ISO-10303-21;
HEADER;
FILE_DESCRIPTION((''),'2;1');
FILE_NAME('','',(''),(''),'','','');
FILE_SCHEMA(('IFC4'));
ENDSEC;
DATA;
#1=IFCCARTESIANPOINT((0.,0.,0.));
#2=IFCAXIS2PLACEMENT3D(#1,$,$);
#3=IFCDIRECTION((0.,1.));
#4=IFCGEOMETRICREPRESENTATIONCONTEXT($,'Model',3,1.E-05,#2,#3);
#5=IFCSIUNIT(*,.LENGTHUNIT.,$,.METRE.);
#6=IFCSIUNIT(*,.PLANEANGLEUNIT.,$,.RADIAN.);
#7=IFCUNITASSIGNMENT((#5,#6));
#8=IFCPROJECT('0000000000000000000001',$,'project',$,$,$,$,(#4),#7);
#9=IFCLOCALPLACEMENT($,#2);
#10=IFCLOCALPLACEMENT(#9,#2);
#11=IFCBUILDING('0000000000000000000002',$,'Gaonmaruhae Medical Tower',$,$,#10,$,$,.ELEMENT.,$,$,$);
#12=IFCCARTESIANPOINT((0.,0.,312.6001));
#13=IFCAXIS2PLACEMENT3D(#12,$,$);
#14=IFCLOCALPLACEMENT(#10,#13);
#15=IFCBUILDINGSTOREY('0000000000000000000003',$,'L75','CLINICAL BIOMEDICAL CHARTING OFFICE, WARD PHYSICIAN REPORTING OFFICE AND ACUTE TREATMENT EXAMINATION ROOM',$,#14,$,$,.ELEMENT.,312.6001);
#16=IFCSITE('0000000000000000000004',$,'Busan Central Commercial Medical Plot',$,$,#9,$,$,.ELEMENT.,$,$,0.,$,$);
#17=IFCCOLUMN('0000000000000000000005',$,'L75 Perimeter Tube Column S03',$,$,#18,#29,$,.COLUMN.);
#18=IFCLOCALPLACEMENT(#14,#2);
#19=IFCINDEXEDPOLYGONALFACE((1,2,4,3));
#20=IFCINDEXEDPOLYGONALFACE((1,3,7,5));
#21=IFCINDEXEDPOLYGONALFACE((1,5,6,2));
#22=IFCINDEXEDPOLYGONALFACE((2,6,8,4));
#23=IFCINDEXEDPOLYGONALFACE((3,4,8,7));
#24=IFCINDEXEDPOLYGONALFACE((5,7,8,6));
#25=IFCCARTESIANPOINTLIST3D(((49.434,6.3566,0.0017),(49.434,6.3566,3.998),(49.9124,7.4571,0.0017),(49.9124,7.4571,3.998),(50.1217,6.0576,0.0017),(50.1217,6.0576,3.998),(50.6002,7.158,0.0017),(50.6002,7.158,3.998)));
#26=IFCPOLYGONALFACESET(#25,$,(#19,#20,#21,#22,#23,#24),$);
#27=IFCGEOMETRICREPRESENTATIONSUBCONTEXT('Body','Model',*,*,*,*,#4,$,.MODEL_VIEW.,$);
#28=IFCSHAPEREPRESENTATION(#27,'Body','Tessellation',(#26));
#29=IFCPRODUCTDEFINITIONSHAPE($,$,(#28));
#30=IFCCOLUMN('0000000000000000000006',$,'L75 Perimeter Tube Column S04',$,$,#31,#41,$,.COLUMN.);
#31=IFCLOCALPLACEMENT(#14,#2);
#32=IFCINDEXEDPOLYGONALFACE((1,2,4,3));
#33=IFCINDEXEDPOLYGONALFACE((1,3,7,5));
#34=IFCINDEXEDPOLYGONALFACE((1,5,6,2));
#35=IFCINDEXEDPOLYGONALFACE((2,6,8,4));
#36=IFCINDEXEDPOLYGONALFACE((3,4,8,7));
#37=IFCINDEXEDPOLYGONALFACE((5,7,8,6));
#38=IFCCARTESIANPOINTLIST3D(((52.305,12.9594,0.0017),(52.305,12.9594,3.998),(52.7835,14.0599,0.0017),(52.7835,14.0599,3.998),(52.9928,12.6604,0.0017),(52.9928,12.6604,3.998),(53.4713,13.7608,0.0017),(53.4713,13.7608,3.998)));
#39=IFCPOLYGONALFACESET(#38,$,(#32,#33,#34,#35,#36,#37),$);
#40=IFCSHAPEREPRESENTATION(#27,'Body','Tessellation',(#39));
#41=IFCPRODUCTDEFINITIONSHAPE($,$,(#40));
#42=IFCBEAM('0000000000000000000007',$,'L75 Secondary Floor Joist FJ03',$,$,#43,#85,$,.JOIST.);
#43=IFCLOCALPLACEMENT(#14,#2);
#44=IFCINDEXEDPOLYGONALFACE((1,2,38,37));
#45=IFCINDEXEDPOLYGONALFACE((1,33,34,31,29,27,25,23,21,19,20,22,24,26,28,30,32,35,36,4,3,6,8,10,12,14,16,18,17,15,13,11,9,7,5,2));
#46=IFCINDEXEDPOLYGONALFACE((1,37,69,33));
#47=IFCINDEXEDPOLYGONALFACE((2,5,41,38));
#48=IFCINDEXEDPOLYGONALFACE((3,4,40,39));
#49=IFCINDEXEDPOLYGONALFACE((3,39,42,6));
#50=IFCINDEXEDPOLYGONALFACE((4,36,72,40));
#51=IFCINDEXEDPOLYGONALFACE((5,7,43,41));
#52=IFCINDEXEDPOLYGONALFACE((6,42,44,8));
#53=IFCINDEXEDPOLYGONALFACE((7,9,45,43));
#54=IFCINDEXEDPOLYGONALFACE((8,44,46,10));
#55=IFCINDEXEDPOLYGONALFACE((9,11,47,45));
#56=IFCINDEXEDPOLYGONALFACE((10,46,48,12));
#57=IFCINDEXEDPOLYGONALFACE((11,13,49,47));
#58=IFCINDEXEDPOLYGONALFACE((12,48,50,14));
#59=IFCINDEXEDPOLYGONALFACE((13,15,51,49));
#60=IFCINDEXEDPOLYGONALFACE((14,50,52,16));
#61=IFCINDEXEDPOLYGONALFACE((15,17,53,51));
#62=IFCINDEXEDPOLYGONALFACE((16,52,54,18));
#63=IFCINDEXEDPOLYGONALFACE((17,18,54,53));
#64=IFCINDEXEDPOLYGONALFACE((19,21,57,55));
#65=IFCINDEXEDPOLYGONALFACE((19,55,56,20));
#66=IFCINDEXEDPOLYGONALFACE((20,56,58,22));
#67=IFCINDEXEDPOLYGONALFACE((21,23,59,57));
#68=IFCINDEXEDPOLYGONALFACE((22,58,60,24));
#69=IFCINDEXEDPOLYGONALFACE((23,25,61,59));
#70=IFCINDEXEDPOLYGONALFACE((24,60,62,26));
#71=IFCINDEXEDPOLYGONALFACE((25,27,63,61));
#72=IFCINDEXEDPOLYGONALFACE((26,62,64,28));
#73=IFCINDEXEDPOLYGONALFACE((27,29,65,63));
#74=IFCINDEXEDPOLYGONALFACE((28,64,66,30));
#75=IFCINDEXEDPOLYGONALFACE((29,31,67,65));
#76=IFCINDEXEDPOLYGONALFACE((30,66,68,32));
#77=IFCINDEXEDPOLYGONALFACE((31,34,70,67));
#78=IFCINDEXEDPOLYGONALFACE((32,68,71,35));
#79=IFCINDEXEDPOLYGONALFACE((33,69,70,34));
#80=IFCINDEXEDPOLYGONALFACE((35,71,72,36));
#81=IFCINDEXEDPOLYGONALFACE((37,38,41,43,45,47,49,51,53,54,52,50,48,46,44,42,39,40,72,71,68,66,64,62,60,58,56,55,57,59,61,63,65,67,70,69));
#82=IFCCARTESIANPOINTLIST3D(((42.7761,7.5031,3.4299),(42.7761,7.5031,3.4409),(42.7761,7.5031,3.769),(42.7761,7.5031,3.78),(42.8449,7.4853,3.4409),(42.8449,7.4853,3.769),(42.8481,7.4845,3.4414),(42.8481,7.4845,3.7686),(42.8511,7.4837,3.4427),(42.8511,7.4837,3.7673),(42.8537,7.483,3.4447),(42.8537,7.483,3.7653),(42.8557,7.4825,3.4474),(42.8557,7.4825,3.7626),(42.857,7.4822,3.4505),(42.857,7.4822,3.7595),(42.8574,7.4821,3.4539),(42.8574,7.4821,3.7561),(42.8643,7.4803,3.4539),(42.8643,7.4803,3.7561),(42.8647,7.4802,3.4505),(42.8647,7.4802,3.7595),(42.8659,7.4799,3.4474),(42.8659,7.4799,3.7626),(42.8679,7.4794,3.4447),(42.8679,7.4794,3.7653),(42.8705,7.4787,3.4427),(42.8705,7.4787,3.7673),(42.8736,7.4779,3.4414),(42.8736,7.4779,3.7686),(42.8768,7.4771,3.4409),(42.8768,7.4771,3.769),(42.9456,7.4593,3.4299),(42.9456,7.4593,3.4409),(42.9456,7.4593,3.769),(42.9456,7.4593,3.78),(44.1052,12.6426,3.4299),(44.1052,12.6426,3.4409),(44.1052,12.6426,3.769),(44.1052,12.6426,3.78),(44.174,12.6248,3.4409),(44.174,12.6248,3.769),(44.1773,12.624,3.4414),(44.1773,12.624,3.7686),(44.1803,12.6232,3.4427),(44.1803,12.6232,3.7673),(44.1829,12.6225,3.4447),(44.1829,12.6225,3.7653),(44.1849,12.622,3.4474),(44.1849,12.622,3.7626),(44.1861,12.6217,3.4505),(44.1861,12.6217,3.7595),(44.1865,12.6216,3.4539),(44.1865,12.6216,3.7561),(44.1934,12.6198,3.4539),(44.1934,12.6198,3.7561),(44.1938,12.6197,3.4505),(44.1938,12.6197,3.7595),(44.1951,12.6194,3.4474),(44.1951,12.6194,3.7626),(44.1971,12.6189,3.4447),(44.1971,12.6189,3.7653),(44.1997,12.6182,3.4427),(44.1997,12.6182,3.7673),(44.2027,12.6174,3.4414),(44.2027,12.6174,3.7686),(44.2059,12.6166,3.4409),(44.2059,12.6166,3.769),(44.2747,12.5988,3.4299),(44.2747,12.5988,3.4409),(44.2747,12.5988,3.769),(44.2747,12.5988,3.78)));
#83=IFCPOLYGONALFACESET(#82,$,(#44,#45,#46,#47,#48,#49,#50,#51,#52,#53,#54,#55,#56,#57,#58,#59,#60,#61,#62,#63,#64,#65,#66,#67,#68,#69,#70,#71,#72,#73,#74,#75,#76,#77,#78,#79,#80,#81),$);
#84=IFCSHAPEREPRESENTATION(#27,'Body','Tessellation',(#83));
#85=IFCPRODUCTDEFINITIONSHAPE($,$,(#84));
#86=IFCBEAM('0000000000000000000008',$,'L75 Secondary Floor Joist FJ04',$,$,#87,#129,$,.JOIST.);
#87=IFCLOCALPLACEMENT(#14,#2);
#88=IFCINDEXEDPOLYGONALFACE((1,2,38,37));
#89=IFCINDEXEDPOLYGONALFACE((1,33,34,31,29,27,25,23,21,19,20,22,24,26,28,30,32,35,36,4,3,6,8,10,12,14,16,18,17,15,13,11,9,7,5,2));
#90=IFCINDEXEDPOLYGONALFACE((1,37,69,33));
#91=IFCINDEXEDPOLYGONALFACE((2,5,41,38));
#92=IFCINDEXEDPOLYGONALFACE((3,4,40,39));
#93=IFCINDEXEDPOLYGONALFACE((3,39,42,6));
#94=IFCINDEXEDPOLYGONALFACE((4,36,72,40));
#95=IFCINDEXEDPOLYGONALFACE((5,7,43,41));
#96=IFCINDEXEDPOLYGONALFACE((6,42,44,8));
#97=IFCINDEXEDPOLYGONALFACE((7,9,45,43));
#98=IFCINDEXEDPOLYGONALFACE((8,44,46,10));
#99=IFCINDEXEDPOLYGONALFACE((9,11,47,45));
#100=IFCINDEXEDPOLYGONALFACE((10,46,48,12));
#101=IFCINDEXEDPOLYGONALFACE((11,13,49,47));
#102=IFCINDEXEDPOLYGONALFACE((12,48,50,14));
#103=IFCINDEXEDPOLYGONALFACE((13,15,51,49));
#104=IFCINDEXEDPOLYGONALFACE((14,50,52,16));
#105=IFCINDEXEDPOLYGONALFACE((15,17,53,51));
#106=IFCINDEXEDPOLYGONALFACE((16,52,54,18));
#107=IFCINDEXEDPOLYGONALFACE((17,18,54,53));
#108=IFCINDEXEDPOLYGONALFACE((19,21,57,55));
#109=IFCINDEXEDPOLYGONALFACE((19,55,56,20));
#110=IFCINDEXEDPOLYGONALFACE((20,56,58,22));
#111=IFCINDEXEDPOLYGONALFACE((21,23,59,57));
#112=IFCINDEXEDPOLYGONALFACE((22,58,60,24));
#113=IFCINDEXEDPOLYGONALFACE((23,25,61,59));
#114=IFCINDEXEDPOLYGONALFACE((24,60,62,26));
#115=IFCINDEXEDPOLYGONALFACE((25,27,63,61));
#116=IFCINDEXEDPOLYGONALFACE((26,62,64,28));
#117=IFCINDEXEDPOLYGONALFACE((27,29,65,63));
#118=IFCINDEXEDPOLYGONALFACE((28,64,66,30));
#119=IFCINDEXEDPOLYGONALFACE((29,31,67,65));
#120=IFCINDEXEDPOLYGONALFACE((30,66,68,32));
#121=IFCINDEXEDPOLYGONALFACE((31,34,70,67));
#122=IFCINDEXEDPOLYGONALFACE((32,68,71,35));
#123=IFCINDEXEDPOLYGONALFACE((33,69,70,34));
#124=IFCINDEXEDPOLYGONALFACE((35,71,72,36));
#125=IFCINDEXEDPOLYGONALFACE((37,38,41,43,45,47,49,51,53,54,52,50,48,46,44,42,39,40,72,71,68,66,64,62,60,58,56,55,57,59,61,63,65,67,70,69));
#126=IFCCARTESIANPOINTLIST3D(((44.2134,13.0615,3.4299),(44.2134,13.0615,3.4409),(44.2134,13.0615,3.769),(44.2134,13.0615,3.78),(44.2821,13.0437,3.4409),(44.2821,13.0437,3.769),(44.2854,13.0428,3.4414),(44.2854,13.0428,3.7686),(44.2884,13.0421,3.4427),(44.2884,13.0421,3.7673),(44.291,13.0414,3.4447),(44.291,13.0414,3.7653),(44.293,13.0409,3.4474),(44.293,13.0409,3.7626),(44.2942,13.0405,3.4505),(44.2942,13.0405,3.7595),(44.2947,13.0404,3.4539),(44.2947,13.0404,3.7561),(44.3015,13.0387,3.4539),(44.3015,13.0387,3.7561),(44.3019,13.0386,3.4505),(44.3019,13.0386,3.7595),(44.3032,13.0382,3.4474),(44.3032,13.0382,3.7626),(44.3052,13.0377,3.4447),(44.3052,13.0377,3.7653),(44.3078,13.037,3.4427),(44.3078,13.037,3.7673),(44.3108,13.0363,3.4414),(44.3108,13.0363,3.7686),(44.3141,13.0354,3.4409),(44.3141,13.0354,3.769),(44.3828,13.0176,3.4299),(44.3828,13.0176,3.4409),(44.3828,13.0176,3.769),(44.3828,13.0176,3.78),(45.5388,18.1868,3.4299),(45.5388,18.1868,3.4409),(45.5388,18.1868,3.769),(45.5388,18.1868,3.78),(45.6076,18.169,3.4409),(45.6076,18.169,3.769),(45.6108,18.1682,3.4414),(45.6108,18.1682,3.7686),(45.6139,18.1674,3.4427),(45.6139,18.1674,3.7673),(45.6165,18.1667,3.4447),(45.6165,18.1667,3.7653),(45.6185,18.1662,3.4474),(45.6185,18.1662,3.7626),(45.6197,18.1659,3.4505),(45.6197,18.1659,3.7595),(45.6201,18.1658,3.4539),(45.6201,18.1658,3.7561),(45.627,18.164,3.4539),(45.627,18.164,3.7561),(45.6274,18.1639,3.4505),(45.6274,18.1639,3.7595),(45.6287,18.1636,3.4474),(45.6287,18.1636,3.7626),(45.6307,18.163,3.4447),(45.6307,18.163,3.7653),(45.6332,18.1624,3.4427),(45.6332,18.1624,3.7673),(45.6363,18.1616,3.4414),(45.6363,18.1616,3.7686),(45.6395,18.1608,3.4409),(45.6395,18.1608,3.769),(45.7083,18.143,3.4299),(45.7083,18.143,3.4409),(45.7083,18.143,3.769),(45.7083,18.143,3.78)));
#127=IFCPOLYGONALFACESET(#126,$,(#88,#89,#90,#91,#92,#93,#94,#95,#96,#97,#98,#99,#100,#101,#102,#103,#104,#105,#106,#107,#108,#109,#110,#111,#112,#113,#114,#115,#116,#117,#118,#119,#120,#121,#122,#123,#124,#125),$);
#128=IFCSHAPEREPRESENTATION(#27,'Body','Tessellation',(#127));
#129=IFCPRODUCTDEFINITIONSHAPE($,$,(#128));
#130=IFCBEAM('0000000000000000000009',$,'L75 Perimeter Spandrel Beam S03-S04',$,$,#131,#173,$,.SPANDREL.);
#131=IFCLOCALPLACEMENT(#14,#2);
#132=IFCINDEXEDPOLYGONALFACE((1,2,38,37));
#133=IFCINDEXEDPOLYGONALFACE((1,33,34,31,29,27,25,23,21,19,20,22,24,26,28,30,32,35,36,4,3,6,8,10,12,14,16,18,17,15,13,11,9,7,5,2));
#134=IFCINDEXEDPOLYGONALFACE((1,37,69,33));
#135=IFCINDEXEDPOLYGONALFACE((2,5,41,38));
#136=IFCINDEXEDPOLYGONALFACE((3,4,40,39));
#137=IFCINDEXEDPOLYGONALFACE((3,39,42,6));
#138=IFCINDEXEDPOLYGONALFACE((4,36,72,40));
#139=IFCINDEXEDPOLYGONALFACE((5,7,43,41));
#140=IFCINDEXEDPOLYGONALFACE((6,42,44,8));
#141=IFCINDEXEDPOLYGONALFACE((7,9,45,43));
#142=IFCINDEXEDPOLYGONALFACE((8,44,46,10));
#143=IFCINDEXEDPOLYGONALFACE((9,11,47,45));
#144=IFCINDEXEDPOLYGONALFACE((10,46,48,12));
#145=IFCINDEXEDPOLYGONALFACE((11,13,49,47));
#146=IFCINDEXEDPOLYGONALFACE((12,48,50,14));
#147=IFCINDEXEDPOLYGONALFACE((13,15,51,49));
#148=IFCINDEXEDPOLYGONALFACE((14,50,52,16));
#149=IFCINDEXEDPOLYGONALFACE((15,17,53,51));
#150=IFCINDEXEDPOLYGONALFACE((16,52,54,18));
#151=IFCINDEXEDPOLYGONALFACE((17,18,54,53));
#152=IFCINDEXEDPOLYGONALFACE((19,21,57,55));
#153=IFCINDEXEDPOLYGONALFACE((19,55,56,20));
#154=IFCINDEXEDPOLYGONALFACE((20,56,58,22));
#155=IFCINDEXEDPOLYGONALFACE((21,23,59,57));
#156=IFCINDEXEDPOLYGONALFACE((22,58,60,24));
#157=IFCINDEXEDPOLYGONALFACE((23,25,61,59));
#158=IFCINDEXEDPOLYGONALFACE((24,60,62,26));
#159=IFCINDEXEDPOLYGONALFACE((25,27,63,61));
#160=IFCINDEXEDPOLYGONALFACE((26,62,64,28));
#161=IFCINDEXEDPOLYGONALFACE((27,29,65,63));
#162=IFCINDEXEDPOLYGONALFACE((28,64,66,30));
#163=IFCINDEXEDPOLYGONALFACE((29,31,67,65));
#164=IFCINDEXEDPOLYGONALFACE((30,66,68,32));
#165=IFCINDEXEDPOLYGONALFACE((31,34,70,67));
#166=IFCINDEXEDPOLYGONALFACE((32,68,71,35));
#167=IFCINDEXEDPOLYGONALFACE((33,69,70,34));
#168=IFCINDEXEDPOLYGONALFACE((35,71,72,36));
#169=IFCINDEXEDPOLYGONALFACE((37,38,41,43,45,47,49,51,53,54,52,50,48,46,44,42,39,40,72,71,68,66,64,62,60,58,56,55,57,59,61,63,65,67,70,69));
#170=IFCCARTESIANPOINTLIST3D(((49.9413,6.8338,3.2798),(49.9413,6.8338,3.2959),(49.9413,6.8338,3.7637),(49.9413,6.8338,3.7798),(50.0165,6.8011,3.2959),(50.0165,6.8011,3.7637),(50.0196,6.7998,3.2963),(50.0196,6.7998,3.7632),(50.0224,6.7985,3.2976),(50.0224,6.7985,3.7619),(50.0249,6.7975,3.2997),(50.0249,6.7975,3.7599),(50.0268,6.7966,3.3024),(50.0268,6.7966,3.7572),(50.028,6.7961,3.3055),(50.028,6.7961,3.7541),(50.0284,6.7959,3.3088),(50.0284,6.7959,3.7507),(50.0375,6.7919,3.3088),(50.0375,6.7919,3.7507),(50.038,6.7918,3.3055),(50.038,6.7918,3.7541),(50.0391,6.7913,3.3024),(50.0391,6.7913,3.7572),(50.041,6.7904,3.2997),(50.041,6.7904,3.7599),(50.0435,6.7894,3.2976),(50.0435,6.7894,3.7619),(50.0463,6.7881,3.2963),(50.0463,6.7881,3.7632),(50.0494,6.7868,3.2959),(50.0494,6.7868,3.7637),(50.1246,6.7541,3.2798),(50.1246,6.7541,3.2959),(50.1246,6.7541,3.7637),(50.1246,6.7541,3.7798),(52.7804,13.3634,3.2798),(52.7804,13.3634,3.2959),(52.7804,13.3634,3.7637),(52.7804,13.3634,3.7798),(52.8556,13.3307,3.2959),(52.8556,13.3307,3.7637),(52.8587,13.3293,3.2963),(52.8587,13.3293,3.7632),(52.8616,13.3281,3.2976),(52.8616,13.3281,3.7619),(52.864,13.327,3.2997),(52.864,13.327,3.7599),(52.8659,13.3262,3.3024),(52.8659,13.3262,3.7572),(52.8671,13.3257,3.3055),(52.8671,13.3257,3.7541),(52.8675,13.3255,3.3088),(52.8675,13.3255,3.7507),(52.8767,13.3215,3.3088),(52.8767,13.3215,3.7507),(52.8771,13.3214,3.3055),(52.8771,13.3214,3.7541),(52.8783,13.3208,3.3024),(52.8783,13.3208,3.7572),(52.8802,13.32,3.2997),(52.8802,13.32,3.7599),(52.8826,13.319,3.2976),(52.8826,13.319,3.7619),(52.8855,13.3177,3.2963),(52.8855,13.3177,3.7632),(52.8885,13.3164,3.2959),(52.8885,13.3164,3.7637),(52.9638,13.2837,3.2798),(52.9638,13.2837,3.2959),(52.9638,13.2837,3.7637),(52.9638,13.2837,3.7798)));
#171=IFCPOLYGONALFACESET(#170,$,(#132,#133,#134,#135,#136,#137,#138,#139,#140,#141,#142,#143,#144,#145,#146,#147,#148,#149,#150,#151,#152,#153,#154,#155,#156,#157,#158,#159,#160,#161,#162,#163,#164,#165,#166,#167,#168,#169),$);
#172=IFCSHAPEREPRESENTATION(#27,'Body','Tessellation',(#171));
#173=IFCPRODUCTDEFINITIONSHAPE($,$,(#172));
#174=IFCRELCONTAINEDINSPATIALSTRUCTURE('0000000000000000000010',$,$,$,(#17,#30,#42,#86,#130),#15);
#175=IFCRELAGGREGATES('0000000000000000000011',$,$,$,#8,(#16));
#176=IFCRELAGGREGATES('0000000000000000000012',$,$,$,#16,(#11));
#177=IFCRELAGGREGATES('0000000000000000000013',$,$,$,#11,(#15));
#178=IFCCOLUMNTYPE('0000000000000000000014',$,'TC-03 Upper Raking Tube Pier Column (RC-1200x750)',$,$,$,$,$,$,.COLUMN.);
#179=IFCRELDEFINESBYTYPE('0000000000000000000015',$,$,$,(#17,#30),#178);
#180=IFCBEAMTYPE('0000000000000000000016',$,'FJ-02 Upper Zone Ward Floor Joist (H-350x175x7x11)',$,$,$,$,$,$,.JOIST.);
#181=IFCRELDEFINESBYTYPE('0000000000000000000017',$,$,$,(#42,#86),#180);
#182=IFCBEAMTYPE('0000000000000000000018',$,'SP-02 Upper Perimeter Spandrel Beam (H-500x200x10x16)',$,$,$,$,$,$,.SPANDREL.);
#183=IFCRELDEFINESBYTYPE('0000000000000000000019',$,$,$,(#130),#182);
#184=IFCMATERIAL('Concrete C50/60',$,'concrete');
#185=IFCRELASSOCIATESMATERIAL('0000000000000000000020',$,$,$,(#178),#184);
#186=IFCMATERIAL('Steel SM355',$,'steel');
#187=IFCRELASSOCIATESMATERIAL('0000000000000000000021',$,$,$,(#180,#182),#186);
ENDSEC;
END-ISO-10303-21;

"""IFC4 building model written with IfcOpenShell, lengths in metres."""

from ifc_helpers import new_model, si_unit, direction, frame, origin, origin_2d, place, context, subcontext, project, spatial, rectangle, i_section, extrude, material, material_profile, profile_set, type_object, element, save


model = new_model("IFC4")

# Units and contexts
model_context = context("Model", 3, precision=1e-05, world=origin(), true_north=direction((0.0, 1.0)))
body_context = subcontext(model_context, "Body", "Model", "MODEL_VIEW")
ifc_project = project(units=[si_unit("LENGTHUNIT", "METRE"), si_unit("PLANEANGLEUNIT", "RADIAN")], contexts=[model_context])

# Site, building, storey
site_placement = place(None, origin())
site = spatial("IfcSite", under=ifc_project, at=site_placement, Name="Busan Central Commercial Medical Plot", CompositionType="ELEMENT", RefElevation=0.0)
building_placement = place(site_placement, origin())
building = spatial("IfcBuilding", under=site, at=building_placement, Name="Gaonmaruhae Medical Tower", CompositionType="ELEMENT")
storey_placement = place(building_placement, frame((0.0, 0.0, 312.6001)))
storey = spatial("IfcBuildingStorey", under=building, at=storey_placement, Name="L75", Description="CLINICAL BIOMEDICAL CHARTING OFFICE, WARD PHYSICIAN REPORTING OFFICE AND ACUTE TREATMENT EXAMINATION ROOM", CompositionType="ELEMENT", Elevation=312.6001)

# Columns
ifc_material_1 = material(Name="Concrete C50/60", Category="concrete")
ifc_material_profile_1 = material_profile(ifc_material_1, rectangle(XDim=1.2, YDim=0.75, at=origin_2d()), Name="RC-1200x750")
ifc_profile_set_1 = profile_set([ifc_material_profile_1], Name="Concrete C50/60")
column_type = type_object("IfcColumnType", Name="TC-03 Upper Raking Tube Pier Column (RC-1200x750)", PredefinedType="COLUMN", material=ifc_profile_set_1)
for number, where, z_axis, x_axis, name in (
    (1, (50.0171, 6.7573, 0.0017), (0.0, 0.0, 1.0), (0.398749, 0.91706, 0.0), "L75 Perimeter Tube Column S03"),
    (2, (52.8882, 13.3601, 0.0017), (0.0, 0.0, 1.0), (0.398749, 0.91706, 0.0), "L75 Perimeter Tube Column S04"),
):
    element("IfcColumn", number, at=place(storey_placement, frame(where, z_axis=z_axis, x_axis=x_axis)), inside=storey, type_object=column_type, Name=name, PredefinedType="COLUMN", context=body_context, shape_type="SweptSolid", body=[
        extrude(rectangle(XDim=1.2, YDim=0.75, at=origin_2d()), origin(), (0.0, 0.0, 1.0), 3.9963),
    ])

# Beams
ifc_material_2 = material(Name="Steel SM355", Category="steel")
ifc_material_profile_2 = material_profile(ifc_material_2, i_section(OverallWidth=0.175, OverallDepth=0.3501, WebThickness=0.0071, FlangeThickness=0.011, FilletRadius=0.0129, at=origin_2d()), Name="H-350x175x7x11")
ifc_profile_set_2 = profile_set([ifc_material_profile_2], Name="Steel SM355")
beam_type_1 = type_object("IfcBeamType", Name="FJ-02 Upper Zone Ward Floor Joist (H-350x175x7x11)", PredefinedType="JOIST", material=ifc_profile_set_2)
beam_1_placement = place(storey_placement, frame((42.8608, 7.4812, 3.605), z_axis=(0.250373, 0.968149, 0.0), x_axis=(-0.968149, 0.250373, 0.0)))
element("IfcBeam", 3, at=beam_1_placement, inside=storey, type_object=beam_type_1, Name="L75 Secondary Floor Joist FJ03", PredefinedType="JOIST", context=body_context, shape_type="SweptSolid", body=[
    extrude(i_section(OverallWidth=0.175, OverallDepth=0.3501, WebThickness=0.0071, FlangeThickness=0.011, FilletRadius=0.0129, at=origin_2d()), origin(), (0.0, 0.0, 1.0), 5.3086),
])
beam_2_placement = place(storey_placement, frame((44.2981, 13.0396, 3.605), z_axis=(0.250373, 0.968149, 0.0), x_axis=(-0.968149, 0.250373, 0.0)))
element("IfcBeam", 4, at=beam_2_placement, inside=storey, type_object=beam_type_1, Name="L75 Secondary Floor Joist FJ04", PredefinedType="JOIST", context=body_context, shape_type="SweptSolid", body=[
    extrude(i_section(OverallWidth=0.175, OverallDepth=0.3501, WebThickness=0.0071, FlangeThickness=0.011, FilletRadius=0.0129, at=origin_2d()), origin(), (0.0, 0.0, 1.0), 5.2939),
])
ifc_material_profile_3 = material_profile(ifc_material_2, i_section(OverallWidth=0.2, OverallDepth=0.5, WebThickness=0.01, FlangeThickness=0.0161, FilletRadius=0.0129, at=origin_2d()), Name="H-500x200x10x16")
ifc_profile_set_3 = profile_set([ifc_material_profile_3], Name="Steel SM355")
beam_type_2 = type_object("IfcBeamType", Name="SP-02 Upper Perimeter Spandrel Beam (H-500x200x10x16)", PredefinedType="SPANDREL", material=ifc_profile_set_3)
for number, where, z_axis, x_axis, name in (
    (5, (50.033, 6.7939, 3.5298), (0.398747, 0.917061, 0.0), (-0.917061, 0.398747, 0.0), "L75 Perimeter Spandrel Beam S03-S04"),
):
    element("IfcBeam", number, at=place(storey_placement, frame(where, z_axis=z_axis, x_axis=x_axis)), inside=storey, type_object=beam_type_2, Name=name, PredefinedType="SPANDREL", context=body_context, shape_type="SweptSolid", body=[
        extrude(i_section(OverallWidth=0.2, OverallDepth=0.5, WebThickness=0.01, FlangeThickness=0.0161, FilletRadius=0.0129, at=origin_2d()), origin(), (0.0, 0.0, 1.0), 7.1201),
    ])

save(model, "model.ifc")
